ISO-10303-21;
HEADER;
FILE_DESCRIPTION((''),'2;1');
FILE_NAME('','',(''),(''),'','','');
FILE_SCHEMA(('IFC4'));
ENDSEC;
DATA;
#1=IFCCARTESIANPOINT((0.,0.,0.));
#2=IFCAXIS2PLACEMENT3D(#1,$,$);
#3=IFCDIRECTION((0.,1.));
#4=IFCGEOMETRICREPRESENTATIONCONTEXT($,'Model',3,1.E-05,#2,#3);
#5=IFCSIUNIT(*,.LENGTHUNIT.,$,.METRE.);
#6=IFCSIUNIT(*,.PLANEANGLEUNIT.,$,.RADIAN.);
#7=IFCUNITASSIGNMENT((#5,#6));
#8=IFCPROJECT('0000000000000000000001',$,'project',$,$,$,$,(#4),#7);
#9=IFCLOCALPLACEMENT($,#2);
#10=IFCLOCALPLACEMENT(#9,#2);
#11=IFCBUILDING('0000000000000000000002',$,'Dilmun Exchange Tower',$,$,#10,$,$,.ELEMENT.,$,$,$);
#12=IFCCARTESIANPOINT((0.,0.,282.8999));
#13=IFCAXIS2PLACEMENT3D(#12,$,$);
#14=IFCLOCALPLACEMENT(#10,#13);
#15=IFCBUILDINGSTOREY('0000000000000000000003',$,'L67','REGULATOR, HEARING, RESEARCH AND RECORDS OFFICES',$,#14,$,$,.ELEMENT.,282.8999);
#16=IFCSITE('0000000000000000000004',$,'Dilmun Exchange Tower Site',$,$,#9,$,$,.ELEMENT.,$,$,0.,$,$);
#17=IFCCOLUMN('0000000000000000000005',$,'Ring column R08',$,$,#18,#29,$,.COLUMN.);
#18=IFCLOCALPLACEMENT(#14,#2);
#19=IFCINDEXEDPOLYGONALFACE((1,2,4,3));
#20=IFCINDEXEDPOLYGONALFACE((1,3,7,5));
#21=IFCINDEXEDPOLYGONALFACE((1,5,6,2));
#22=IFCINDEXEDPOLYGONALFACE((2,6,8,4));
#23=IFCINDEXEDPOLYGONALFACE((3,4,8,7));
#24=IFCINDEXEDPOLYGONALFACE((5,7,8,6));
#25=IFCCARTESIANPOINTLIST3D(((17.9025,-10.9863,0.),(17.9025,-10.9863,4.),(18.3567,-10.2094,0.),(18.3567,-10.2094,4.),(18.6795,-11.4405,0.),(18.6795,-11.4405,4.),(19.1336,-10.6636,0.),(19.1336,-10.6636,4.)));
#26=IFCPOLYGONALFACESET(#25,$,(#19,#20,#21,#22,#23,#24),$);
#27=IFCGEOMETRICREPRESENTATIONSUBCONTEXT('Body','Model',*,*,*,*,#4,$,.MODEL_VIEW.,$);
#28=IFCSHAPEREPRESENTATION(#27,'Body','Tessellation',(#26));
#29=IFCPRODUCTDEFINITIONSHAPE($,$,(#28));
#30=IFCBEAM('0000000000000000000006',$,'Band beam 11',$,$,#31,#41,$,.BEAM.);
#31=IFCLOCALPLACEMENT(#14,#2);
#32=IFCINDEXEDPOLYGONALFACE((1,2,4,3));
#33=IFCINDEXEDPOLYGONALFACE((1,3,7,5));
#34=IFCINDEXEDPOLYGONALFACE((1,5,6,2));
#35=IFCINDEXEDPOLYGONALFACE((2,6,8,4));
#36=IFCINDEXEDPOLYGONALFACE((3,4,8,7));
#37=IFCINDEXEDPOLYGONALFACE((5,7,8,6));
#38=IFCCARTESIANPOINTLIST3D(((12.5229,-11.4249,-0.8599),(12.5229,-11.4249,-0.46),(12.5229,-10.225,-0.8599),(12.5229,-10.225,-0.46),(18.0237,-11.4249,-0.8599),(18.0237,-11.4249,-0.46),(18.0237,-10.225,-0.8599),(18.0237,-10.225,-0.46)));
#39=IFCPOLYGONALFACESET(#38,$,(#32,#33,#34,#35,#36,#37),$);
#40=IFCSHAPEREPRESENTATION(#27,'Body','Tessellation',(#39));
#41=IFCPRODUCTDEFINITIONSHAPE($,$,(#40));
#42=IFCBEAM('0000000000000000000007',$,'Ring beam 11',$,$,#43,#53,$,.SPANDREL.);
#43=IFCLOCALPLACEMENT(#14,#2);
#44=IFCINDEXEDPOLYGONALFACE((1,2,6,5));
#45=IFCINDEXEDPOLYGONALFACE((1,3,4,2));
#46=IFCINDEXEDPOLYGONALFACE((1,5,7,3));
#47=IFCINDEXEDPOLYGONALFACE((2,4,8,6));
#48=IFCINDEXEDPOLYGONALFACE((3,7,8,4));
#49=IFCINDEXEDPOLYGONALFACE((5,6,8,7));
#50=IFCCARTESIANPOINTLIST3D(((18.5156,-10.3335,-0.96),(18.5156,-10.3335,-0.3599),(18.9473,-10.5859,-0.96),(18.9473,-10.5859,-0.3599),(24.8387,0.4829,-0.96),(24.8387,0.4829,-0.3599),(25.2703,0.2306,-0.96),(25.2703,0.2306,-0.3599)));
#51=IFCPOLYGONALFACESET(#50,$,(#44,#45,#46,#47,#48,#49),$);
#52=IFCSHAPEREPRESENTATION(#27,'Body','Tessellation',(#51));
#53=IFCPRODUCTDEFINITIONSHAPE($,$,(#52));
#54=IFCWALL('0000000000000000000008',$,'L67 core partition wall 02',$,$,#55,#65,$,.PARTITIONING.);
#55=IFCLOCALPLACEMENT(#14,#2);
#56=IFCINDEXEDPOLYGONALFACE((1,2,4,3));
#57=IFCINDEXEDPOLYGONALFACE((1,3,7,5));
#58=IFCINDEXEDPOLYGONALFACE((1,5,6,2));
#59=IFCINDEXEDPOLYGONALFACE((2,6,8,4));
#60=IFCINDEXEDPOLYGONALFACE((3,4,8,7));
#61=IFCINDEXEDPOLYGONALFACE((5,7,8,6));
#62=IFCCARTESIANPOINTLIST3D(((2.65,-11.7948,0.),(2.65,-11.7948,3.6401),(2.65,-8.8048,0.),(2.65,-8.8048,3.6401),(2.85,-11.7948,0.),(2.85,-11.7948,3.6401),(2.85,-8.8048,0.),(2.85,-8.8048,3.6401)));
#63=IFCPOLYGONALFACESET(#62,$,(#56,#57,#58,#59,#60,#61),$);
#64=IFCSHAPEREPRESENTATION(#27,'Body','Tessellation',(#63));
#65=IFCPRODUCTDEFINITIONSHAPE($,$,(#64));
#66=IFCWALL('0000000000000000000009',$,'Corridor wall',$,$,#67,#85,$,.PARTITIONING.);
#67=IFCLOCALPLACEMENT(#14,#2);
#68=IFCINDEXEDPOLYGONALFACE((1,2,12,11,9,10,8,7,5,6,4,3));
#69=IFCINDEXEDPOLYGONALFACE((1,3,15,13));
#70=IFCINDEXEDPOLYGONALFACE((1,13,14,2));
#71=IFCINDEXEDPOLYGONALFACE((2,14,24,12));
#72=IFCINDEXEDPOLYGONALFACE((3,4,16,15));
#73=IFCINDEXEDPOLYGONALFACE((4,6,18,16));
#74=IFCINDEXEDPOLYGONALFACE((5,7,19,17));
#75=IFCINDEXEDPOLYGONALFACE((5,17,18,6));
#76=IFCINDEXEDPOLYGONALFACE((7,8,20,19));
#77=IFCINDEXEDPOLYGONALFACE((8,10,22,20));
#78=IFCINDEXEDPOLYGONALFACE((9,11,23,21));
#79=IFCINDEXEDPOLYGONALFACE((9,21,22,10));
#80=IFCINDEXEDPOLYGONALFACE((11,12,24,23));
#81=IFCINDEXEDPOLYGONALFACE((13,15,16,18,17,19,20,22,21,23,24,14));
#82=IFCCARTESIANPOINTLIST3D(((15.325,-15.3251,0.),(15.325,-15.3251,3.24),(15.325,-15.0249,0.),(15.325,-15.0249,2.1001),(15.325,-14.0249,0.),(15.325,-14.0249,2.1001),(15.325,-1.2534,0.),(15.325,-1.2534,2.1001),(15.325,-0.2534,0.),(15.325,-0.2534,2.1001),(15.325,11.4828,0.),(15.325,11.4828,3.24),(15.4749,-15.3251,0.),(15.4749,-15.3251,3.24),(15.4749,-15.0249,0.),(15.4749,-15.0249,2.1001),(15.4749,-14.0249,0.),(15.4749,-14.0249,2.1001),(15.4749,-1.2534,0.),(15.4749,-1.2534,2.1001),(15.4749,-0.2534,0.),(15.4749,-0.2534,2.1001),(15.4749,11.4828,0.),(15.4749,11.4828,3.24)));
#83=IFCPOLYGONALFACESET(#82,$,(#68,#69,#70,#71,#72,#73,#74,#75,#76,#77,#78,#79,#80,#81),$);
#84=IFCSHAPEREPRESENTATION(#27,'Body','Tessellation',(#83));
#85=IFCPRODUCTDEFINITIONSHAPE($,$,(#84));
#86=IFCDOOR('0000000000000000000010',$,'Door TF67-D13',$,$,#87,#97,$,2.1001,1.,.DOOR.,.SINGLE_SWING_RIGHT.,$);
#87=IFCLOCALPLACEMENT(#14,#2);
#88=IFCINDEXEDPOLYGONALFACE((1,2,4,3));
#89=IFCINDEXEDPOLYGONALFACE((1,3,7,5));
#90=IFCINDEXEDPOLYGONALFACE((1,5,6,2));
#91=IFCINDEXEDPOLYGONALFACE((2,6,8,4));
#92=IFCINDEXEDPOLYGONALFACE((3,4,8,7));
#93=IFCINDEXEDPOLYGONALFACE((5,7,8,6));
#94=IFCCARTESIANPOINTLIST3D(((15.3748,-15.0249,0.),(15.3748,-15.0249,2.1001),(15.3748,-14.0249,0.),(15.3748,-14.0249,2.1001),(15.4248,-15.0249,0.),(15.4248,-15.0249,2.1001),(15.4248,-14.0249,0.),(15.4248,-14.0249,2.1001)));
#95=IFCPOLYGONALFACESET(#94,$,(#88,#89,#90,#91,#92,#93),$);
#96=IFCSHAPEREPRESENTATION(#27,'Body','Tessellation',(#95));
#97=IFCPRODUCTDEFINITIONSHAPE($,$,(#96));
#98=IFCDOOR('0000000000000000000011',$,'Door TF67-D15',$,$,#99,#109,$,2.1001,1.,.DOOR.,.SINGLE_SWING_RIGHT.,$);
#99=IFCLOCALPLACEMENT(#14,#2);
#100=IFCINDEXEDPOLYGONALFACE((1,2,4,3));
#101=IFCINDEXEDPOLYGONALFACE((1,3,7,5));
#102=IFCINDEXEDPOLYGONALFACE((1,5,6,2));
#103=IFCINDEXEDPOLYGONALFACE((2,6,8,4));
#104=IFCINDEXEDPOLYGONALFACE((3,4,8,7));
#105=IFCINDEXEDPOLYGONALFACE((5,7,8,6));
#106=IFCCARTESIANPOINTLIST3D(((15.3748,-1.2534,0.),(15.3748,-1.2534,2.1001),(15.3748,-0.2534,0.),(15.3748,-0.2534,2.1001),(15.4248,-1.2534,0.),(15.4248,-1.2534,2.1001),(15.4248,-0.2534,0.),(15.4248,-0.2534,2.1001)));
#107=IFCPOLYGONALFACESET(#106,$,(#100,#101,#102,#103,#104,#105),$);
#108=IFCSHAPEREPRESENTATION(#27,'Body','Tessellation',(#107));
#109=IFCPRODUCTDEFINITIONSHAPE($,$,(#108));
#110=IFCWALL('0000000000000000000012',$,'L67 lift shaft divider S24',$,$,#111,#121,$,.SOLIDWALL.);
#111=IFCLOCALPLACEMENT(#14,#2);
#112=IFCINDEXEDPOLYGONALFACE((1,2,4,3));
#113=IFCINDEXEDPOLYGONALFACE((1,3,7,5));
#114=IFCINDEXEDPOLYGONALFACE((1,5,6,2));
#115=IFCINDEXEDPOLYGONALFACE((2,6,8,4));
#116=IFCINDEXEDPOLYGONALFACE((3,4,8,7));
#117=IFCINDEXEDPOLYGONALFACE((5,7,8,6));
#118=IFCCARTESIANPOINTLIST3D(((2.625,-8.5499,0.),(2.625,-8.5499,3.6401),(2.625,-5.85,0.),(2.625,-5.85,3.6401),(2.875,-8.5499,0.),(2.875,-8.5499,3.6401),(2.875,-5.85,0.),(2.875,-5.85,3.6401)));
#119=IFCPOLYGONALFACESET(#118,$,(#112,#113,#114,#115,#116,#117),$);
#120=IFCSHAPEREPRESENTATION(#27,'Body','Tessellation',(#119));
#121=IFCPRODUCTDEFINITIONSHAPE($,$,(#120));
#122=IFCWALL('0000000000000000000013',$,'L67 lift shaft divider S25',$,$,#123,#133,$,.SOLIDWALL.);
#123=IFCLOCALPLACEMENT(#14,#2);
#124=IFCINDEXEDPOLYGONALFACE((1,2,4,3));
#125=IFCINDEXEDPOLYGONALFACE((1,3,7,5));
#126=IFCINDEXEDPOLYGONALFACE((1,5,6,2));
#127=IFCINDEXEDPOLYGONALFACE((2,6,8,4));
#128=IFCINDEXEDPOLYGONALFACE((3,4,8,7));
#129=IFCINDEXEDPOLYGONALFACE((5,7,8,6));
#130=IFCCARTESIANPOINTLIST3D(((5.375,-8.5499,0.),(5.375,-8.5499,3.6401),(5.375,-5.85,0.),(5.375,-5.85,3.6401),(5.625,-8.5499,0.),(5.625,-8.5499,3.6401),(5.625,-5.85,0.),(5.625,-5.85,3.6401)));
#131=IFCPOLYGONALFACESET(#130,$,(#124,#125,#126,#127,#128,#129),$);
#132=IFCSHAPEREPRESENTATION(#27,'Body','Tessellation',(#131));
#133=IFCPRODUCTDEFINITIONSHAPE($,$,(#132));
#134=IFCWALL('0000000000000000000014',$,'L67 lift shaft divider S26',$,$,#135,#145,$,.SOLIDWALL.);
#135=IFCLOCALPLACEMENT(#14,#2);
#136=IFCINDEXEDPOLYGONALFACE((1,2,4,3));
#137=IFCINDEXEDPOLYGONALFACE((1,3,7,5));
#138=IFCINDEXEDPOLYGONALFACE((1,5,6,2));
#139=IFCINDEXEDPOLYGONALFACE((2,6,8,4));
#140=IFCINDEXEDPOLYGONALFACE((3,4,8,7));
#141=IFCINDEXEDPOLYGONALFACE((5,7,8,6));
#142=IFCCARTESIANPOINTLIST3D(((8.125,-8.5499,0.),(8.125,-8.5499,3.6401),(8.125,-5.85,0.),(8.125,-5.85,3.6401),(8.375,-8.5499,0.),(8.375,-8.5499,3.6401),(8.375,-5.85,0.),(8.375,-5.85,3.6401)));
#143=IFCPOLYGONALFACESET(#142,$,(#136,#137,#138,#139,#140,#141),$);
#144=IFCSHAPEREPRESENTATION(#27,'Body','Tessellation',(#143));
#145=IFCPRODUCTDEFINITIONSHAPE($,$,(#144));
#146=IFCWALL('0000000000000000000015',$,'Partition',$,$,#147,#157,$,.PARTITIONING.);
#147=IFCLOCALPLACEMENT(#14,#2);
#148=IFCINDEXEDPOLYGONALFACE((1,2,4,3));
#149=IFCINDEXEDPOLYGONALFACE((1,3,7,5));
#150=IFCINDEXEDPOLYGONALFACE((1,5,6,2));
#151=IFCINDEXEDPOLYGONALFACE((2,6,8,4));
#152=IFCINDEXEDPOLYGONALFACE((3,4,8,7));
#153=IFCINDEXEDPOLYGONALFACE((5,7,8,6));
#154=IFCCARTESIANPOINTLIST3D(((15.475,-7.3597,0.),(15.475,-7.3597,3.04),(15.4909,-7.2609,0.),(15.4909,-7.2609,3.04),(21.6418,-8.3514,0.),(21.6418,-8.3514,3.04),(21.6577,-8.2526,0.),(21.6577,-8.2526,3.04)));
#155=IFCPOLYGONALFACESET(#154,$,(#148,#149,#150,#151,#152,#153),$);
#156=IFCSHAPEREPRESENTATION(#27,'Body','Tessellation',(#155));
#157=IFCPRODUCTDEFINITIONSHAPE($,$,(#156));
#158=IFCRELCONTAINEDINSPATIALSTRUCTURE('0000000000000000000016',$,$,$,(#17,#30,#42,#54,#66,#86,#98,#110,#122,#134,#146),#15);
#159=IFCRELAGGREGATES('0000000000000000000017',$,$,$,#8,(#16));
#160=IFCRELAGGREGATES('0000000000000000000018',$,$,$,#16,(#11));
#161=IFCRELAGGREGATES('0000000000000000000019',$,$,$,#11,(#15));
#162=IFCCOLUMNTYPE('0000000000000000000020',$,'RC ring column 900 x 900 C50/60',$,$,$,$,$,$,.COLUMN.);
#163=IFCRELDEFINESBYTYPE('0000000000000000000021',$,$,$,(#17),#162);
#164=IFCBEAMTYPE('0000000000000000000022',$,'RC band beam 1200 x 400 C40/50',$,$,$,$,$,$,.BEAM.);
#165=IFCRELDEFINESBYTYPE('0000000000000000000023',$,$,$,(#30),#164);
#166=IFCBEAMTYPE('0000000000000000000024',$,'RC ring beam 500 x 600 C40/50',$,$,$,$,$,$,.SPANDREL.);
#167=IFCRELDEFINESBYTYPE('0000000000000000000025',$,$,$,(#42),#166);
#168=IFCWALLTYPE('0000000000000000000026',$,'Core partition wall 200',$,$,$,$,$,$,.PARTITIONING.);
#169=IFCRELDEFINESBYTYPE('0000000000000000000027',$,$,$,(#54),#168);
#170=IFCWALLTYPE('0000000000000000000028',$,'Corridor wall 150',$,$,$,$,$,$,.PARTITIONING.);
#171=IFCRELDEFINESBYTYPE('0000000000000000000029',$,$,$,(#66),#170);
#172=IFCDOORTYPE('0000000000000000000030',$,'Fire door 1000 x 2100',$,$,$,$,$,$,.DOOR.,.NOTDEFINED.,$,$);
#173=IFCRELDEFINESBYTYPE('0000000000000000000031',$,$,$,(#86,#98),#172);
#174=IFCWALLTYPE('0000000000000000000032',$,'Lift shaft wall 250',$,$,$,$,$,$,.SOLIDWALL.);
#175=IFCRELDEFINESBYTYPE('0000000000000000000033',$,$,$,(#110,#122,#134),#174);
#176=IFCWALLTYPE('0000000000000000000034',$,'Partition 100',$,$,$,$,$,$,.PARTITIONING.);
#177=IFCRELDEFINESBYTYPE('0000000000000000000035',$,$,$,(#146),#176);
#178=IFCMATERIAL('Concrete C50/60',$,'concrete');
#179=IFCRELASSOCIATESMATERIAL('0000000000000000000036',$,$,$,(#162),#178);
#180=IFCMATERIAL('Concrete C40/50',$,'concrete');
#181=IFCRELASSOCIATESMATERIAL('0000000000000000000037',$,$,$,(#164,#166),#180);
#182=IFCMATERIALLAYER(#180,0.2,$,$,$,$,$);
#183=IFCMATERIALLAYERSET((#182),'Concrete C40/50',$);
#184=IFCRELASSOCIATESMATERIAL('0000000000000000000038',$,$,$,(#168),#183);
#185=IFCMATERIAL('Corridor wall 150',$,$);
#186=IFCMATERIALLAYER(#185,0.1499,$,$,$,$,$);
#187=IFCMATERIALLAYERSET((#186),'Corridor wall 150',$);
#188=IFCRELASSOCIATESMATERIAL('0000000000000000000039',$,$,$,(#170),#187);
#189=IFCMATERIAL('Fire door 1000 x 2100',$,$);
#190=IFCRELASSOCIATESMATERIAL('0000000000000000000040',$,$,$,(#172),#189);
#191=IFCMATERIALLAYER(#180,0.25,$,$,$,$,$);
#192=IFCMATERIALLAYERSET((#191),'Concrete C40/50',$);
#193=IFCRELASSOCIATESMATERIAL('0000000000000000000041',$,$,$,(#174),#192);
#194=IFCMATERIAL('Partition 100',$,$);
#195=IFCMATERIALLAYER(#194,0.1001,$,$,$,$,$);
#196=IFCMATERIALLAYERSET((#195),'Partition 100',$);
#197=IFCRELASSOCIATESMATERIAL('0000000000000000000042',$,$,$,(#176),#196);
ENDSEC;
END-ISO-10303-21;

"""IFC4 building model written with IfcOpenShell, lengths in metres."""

from ifc_helpers import new_model, si_unit, direction, frame, frame_2d, origin, origin_2d, place, context, subcontext, project, spatial, rectangle, extrude, material, layer, layer_set, material_profile, profile_set, type_object, element, fill, save


model = new_model("IFC4")

# Units and contexts
model_context = context("Model", 3, precision=1e-05, world=origin(), true_north=direction((0.0, 1.0)))
body_context = subcontext(model_context, "Body", "Model", "MODEL_VIEW")
ifc_project = project(units=[si_unit("LENGTHUNIT", "METRE"), si_unit("PLANEANGLEUNIT", "RADIAN")], contexts=[model_context])

# Site, building, storey
site_placement = place(None, origin())
site = spatial("IfcSite", under=ifc_project, at=site_placement, Name="Dilmun Exchange Tower Site", CompositionType="ELEMENT", RefElevation=0.0)
building_placement = place(site_placement, origin())
building = spatial("IfcBuilding", under=site, at=building_placement, Name="Dilmun Exchange Tower", CompositionType="ELEMENT")
storey_placement = place(building_placement, frame((0.0, 0.0, 282.8999)))
storey = spatial("IfcBuildingStorey", under=building, at=storey_placement, Name="L67", Description="REGULATOR, HEARING, RESEARCH AND RECORDS OFFICES", CompositionType="ELEMENT", Elevation=282.8999)

# Column
ifc_material_1 = material(Name="Concrete C50/60", Category="concrete")
ifc_material_profile_1 = material_profile(ifc_material_1, rectangle(XDim=0.8999, YDim=0.8999, at=origin_2d()), Name="900 x 900")
ifc_profile_set_1 = profile_set([ifc_material_profile_1], Name="Concrete C50/60")
column_type = type_object("IfcColumnType", Name="RC ring column 900 x 900 C50/60", PredefinedType="COLUMN", material=ifc_profile_set_1)
column_placement = place(storey_placement, frame((18.5181, -10.825, 0.0), z_axis=(0.0, 0.0, 1.0), x_axis=(0.504644, 0.863328, 0.0)))
element("IfcColumn", 1, at=column_placement, inside=storey, type_object=column_type, Name="Ring column R08", PredefinedType="COLUMN", context=body_context, shape_type="SweptSolid", body=[
    extrude(rectangle(XDim=0.8999, YDim=0.8999, at=origin_2d()), origin(), (0.0, 0.0, 1.0), 4.0),
])

# Beams
ifc_material_2 = material(Name="Concrete C40/50", Category="concrete")
ifc_material_profile_2 = material_profile(ifc_material_2, rectangle(XDim=1.2, YDim=0.3999, at=origin_2d()), Name="1200 x 400")
ifc_profile_set_2 = profile_set([ifc_material_profile_2], Name="Concrete C40/50")
beam_type_1 = type_object("IfcBeamType", Name="RC band beam 1200 x 400 C40/50", PredefinedType="BEAM", material=ifc_profile_set_2)
beam_1_placement = place(storey_placement, frame((18.0237, -10.825, -0.6599), z_axis=(-1.0, 0.0, 0.0), x_axis=(0.0, -1.0, 0.0)))
element("IfcBeam", 2, at=beam_1_placement, inside=storey, type_object=beam_type_1, Name="Band beam 11", PredefinedType="BEAM", context=body_context, shape_type="SweptSolid", body=[
    extrude(rectangle(XDim=1.2, YDim=0.3999, at=origin_2d()), origin(), (0.0, 0.0, 1.0), 5.5007),
])
ifc_material_profile_3 = material_profile(ifc_material_2, rectangle(XDim=0.5, YDim=0.6001, at=origin_2d()), Name="500 x 600")
ifc_profile_set_3 = profile_set([ifc_material_profile_3], Name="Concrete C40/50")
beam_type_2 = type_object("IfcBeamType", Name="RC ring beam 500 x 600 C40/50", PredefinedType="SPANDREL", material=ifc_profile_set_3)
beam_2_placement = place(storey_placement, frame((18.7314, -10.4597, -0.6599), z_axis=(0.50467, 0.863312, 0.0), x_axis=(-0.863312, 0.50467, 0.0)))
element("IfcBeam", 3, at=beam_2_placement, inside=storey, type_object=beam_type_2, Name="Ring beam 11", PredefinedType="SPANDREL", context=body_context, shape_type="SweptSolid", body=[
    extrude(rectangle(XDim=0.5, YDim=0.6001, at=origin_2d()), origin(), (0.0, 0.0, 1.0), 12.5291),
])

# Wall
ifc_layer_1 = layer(ifc_material_2, 0.2)
ifc_layer_set_1 = layer_set([ifc_layer_1], Name="Concrete C40/50")
wall_type_1 = type_object("IfcWallType", Name="Core partition wall 200", PredefinedType="PARTITIONING", material=ifc_layer_set_1)
wall_1_placement = place(storey_placement, frame((2.75, -11.7949, 0.0), z_axis=(0.0, 0.0, 1.0), x_axis=(0.0, 1.0, 0.0)))
element("IfcWall", 4, at=wall_1_placement, inside=storey, type_object=wall_type_1, Name="L67 core partition wall 02", PredefinedType="PARTITIONING", context=body_context, shape_type="SweptSolid", body=[
    extrude(rectangle(XDim=2.99, YDim=0.2, at=frame_2d((1.4951, 0.0))), origin(), (0.0, 0.0, 1.0), 3.6401),
])

# Wall, openings, doors
ifc_material_3 = material(Name="Corridor wall 150")
ifc_layer_2 = layer(ifc_material_3, 0.1499)
ifc_layer_set_2 = layer_set([ifc_layer_2], Name="Corridor wall 150")
wall_type_2 = type_object("IfcWallType", Name="Corridor wall 150", PredefinedType="PARTITIONING", material=ifc_layer_set_2)
wall_2_placement = place(storey_placement, frame((15.3999, -15.325, 0.0), z_axis=(0.0, 0.0, 1.0), x_axis=(0.0, 1.0, 0.0)))
wall_2 = element("IfcWall", 5, at=wall_2_placement, inside=storey, type_object=wall_type_2, Name="Corridor wall", PredefinedType="PARTITIONING", context=body_context, shape_type="SweptSolid", body=[
    extrude(rectangle(XDim=26.8079, YDim=0.1499, at=frame_2d((13.4038, 0.0))), origin(), (0.0, 0.0, 1.0), 3.24),
])
opening_1_placement = place(wall_2_placement, frame((0.3, 0.0, 0.0)))
opening_1 = element("IfcOpeningElement", 6, at=opening_1_placement, cuts=wall_2, PredefinedType="OPENING", context=body_context, shape_type="SweptSolid", body=[
    extrude(rectangle(XDim=1.0, YDim=2.1001, at=frame_2d((0.5, 1.05))), frame((0.0, 0.085, 0.0), z_axis=(0.0, -1.0, 0.0), x_axis=(1.0, 0.0, 0.0)), (0.0, 0.0, 1.0), 0.1699),
])
opening_2_placement = place(wall_2_placement, frame((14.0715, 0.0, 0.0)))
opening_2 = element("IfcOpeningElement", 7, at=opening_2_placement, cuts=wall_2, PredefinedType="OPENING", context=body_context, shape_type="SweptSolid", body=[
    extrude(rectangle(XDim=1.0, YDim=2.1001, at=frame_2d((0.5, 1.05))), frame((0.0, 0.085, 0.0), z_axis=(0.0, -1.0, 0.0), x_axis=(1.0, 0.0, 0.0)), (0.0, 0.0, 1.0), 0.1699),
])
ifc_material_4 = material(Name="Fire door 1000 x 2100")
door_type_1 = type_object("IfcDoorType", Name="Fire door 1000 x 2100", OperationType="NOTDEFINED", PredefinedType="DOOR", material=ifc_material_4)
door_1_placement = place(opening_1_placement, frame((1.0, 0.0, 0.0), z_axis=(0.0, 0.0, 1.0), x_axis=(-1.0, 0.0, 0.0)))
door_1 = element("IfcDoor", 8, at=door_1_placement, inside=storey, type_object=door_type_1, Name="Door TF67-D13", OperationType="SINGLE_SWING_RIGHT", OverallHeight=2.1001, OverallWidth=1.0, PredefinedType="DOOR", context=body_context, shape_type="SweptSolid", body=[
    extrude(rectangle(XDim=1.0, YDim=2.1001, at=frame_2d((0.5, 1.05))), frame((0.0, 0.0249, 0.0), z_axis=(0.0, -1.0, 0.0), x_axis=(1.0, 0.0, 0.0)), (0.0, 0.0, 1.0), 0.05),
])
fill(opening_1, door_1)
door_2_placement = place(opening_2_placement, frame((1.0, 0.0, 0.0), z_axis=(0.0, 0.0, 1.0), x_axis=(-1.0, 0.0, 0.0)))
door_2 = element("IfcDoor", 9, at=door_2_placement, inside=storey, type_object=door_type_1, Name="Door TF67-D15", OperationType="SINGLE_SWING_RIGHT", OverallHeight=2.1001, OverallWidth=1.0, PredefinedType="DOOR", context=body_context, shape_type="SweptSolid", body=[
    extrude(rectangle(XDim=1.0, YDim=2.1001, at=frame_2d((0.5, 1.05))), frame((0.0, 0.0249, 0.0), z_axis=(0.0, -1.0, 0.0), x_axis=(1.0, 0.0, 0.0)), (0.0, 0.0, 1.0), 0.05),
])
fill(opening_2, door_2)

# Walls
ifc_layer_3 = layer(ifc_material_2, 0.25)
ifc_layer_set_3 = layer_set([ifc_layer_3], Name="Concrete C40/50")
wall_type_3 = type_object("IfcWallType", Name="Lift shaft wall 250", PredefinedType="SOLIDWALL", material=ifc_layer_set_3)
for number, where, z_axis, x_axis, name in (
    (10, (2.75, -8.55, 0.0), (0.0, 0.0, 1.0), (0.0, 1.0, 0.0), "L67 lift shaft divider S24"),
    (11, (5.5, -8.55, 0.0), (0.0, 0.0, 1.0), (0.0, 1.0, 0.0), "L67 lift shaft divider S25"),
    (12, (8.25, -8.55, 0.0), (0.0, 0.0, 1.0), (0.0, 1.0, 0.0), "L67 lift shaft divider S26"),
):
    element("IfcWall", number, at=place(storey_placement, frame(where, z_axis=z_axis, x_axis=x_axis)), inside=storey, type_object=wall_type_3, Name=name, PredefinedType="SOLIDWALL", context=body_context, shape_type="SweptSolid", body=[
        extrude(rectangle(XDim=2.7, YDim=0.25, at=frame_2d((1.3501, 0.0))), origin(), (0.0, 0.0, 1.0), 3.6401),
    ])
ifc_material_5 = material(Name="Partition 100")
ifc_layer_4 = layer(ifc_material_5, 0.1001)
ifc_layer_set_4 = layer_set([ifc_layer_4], Name="Partition 100")
wall_type_4 = type_object("IfcWallType", Name="Partition 100", PredefinedType="PARTITIONING", material=ifc_layer_set_4)
wall_3_placement = place(storey_placement, frame((15.4829, -7.3103, 0.0), z_axis=(0.0, 0.0, 1.0), x_axis=(0.987315, -0.158774, 0.0)))
element("IfcWall", 13, at=wall_3_placement, inside=storey, type_object=wall_type_4, Name="Partition", PredefinedType="PARTITIONING", context=body_context, shape_type="SweptSolid", body=[
    extrude(rectangle(XDim=6.2461, YDim=0.1001, at=frame_2d((3.123, 0.0))), origin(), (0.0, 0.0, 1.0), 3.04),
])

save(model, "model.ifc")
